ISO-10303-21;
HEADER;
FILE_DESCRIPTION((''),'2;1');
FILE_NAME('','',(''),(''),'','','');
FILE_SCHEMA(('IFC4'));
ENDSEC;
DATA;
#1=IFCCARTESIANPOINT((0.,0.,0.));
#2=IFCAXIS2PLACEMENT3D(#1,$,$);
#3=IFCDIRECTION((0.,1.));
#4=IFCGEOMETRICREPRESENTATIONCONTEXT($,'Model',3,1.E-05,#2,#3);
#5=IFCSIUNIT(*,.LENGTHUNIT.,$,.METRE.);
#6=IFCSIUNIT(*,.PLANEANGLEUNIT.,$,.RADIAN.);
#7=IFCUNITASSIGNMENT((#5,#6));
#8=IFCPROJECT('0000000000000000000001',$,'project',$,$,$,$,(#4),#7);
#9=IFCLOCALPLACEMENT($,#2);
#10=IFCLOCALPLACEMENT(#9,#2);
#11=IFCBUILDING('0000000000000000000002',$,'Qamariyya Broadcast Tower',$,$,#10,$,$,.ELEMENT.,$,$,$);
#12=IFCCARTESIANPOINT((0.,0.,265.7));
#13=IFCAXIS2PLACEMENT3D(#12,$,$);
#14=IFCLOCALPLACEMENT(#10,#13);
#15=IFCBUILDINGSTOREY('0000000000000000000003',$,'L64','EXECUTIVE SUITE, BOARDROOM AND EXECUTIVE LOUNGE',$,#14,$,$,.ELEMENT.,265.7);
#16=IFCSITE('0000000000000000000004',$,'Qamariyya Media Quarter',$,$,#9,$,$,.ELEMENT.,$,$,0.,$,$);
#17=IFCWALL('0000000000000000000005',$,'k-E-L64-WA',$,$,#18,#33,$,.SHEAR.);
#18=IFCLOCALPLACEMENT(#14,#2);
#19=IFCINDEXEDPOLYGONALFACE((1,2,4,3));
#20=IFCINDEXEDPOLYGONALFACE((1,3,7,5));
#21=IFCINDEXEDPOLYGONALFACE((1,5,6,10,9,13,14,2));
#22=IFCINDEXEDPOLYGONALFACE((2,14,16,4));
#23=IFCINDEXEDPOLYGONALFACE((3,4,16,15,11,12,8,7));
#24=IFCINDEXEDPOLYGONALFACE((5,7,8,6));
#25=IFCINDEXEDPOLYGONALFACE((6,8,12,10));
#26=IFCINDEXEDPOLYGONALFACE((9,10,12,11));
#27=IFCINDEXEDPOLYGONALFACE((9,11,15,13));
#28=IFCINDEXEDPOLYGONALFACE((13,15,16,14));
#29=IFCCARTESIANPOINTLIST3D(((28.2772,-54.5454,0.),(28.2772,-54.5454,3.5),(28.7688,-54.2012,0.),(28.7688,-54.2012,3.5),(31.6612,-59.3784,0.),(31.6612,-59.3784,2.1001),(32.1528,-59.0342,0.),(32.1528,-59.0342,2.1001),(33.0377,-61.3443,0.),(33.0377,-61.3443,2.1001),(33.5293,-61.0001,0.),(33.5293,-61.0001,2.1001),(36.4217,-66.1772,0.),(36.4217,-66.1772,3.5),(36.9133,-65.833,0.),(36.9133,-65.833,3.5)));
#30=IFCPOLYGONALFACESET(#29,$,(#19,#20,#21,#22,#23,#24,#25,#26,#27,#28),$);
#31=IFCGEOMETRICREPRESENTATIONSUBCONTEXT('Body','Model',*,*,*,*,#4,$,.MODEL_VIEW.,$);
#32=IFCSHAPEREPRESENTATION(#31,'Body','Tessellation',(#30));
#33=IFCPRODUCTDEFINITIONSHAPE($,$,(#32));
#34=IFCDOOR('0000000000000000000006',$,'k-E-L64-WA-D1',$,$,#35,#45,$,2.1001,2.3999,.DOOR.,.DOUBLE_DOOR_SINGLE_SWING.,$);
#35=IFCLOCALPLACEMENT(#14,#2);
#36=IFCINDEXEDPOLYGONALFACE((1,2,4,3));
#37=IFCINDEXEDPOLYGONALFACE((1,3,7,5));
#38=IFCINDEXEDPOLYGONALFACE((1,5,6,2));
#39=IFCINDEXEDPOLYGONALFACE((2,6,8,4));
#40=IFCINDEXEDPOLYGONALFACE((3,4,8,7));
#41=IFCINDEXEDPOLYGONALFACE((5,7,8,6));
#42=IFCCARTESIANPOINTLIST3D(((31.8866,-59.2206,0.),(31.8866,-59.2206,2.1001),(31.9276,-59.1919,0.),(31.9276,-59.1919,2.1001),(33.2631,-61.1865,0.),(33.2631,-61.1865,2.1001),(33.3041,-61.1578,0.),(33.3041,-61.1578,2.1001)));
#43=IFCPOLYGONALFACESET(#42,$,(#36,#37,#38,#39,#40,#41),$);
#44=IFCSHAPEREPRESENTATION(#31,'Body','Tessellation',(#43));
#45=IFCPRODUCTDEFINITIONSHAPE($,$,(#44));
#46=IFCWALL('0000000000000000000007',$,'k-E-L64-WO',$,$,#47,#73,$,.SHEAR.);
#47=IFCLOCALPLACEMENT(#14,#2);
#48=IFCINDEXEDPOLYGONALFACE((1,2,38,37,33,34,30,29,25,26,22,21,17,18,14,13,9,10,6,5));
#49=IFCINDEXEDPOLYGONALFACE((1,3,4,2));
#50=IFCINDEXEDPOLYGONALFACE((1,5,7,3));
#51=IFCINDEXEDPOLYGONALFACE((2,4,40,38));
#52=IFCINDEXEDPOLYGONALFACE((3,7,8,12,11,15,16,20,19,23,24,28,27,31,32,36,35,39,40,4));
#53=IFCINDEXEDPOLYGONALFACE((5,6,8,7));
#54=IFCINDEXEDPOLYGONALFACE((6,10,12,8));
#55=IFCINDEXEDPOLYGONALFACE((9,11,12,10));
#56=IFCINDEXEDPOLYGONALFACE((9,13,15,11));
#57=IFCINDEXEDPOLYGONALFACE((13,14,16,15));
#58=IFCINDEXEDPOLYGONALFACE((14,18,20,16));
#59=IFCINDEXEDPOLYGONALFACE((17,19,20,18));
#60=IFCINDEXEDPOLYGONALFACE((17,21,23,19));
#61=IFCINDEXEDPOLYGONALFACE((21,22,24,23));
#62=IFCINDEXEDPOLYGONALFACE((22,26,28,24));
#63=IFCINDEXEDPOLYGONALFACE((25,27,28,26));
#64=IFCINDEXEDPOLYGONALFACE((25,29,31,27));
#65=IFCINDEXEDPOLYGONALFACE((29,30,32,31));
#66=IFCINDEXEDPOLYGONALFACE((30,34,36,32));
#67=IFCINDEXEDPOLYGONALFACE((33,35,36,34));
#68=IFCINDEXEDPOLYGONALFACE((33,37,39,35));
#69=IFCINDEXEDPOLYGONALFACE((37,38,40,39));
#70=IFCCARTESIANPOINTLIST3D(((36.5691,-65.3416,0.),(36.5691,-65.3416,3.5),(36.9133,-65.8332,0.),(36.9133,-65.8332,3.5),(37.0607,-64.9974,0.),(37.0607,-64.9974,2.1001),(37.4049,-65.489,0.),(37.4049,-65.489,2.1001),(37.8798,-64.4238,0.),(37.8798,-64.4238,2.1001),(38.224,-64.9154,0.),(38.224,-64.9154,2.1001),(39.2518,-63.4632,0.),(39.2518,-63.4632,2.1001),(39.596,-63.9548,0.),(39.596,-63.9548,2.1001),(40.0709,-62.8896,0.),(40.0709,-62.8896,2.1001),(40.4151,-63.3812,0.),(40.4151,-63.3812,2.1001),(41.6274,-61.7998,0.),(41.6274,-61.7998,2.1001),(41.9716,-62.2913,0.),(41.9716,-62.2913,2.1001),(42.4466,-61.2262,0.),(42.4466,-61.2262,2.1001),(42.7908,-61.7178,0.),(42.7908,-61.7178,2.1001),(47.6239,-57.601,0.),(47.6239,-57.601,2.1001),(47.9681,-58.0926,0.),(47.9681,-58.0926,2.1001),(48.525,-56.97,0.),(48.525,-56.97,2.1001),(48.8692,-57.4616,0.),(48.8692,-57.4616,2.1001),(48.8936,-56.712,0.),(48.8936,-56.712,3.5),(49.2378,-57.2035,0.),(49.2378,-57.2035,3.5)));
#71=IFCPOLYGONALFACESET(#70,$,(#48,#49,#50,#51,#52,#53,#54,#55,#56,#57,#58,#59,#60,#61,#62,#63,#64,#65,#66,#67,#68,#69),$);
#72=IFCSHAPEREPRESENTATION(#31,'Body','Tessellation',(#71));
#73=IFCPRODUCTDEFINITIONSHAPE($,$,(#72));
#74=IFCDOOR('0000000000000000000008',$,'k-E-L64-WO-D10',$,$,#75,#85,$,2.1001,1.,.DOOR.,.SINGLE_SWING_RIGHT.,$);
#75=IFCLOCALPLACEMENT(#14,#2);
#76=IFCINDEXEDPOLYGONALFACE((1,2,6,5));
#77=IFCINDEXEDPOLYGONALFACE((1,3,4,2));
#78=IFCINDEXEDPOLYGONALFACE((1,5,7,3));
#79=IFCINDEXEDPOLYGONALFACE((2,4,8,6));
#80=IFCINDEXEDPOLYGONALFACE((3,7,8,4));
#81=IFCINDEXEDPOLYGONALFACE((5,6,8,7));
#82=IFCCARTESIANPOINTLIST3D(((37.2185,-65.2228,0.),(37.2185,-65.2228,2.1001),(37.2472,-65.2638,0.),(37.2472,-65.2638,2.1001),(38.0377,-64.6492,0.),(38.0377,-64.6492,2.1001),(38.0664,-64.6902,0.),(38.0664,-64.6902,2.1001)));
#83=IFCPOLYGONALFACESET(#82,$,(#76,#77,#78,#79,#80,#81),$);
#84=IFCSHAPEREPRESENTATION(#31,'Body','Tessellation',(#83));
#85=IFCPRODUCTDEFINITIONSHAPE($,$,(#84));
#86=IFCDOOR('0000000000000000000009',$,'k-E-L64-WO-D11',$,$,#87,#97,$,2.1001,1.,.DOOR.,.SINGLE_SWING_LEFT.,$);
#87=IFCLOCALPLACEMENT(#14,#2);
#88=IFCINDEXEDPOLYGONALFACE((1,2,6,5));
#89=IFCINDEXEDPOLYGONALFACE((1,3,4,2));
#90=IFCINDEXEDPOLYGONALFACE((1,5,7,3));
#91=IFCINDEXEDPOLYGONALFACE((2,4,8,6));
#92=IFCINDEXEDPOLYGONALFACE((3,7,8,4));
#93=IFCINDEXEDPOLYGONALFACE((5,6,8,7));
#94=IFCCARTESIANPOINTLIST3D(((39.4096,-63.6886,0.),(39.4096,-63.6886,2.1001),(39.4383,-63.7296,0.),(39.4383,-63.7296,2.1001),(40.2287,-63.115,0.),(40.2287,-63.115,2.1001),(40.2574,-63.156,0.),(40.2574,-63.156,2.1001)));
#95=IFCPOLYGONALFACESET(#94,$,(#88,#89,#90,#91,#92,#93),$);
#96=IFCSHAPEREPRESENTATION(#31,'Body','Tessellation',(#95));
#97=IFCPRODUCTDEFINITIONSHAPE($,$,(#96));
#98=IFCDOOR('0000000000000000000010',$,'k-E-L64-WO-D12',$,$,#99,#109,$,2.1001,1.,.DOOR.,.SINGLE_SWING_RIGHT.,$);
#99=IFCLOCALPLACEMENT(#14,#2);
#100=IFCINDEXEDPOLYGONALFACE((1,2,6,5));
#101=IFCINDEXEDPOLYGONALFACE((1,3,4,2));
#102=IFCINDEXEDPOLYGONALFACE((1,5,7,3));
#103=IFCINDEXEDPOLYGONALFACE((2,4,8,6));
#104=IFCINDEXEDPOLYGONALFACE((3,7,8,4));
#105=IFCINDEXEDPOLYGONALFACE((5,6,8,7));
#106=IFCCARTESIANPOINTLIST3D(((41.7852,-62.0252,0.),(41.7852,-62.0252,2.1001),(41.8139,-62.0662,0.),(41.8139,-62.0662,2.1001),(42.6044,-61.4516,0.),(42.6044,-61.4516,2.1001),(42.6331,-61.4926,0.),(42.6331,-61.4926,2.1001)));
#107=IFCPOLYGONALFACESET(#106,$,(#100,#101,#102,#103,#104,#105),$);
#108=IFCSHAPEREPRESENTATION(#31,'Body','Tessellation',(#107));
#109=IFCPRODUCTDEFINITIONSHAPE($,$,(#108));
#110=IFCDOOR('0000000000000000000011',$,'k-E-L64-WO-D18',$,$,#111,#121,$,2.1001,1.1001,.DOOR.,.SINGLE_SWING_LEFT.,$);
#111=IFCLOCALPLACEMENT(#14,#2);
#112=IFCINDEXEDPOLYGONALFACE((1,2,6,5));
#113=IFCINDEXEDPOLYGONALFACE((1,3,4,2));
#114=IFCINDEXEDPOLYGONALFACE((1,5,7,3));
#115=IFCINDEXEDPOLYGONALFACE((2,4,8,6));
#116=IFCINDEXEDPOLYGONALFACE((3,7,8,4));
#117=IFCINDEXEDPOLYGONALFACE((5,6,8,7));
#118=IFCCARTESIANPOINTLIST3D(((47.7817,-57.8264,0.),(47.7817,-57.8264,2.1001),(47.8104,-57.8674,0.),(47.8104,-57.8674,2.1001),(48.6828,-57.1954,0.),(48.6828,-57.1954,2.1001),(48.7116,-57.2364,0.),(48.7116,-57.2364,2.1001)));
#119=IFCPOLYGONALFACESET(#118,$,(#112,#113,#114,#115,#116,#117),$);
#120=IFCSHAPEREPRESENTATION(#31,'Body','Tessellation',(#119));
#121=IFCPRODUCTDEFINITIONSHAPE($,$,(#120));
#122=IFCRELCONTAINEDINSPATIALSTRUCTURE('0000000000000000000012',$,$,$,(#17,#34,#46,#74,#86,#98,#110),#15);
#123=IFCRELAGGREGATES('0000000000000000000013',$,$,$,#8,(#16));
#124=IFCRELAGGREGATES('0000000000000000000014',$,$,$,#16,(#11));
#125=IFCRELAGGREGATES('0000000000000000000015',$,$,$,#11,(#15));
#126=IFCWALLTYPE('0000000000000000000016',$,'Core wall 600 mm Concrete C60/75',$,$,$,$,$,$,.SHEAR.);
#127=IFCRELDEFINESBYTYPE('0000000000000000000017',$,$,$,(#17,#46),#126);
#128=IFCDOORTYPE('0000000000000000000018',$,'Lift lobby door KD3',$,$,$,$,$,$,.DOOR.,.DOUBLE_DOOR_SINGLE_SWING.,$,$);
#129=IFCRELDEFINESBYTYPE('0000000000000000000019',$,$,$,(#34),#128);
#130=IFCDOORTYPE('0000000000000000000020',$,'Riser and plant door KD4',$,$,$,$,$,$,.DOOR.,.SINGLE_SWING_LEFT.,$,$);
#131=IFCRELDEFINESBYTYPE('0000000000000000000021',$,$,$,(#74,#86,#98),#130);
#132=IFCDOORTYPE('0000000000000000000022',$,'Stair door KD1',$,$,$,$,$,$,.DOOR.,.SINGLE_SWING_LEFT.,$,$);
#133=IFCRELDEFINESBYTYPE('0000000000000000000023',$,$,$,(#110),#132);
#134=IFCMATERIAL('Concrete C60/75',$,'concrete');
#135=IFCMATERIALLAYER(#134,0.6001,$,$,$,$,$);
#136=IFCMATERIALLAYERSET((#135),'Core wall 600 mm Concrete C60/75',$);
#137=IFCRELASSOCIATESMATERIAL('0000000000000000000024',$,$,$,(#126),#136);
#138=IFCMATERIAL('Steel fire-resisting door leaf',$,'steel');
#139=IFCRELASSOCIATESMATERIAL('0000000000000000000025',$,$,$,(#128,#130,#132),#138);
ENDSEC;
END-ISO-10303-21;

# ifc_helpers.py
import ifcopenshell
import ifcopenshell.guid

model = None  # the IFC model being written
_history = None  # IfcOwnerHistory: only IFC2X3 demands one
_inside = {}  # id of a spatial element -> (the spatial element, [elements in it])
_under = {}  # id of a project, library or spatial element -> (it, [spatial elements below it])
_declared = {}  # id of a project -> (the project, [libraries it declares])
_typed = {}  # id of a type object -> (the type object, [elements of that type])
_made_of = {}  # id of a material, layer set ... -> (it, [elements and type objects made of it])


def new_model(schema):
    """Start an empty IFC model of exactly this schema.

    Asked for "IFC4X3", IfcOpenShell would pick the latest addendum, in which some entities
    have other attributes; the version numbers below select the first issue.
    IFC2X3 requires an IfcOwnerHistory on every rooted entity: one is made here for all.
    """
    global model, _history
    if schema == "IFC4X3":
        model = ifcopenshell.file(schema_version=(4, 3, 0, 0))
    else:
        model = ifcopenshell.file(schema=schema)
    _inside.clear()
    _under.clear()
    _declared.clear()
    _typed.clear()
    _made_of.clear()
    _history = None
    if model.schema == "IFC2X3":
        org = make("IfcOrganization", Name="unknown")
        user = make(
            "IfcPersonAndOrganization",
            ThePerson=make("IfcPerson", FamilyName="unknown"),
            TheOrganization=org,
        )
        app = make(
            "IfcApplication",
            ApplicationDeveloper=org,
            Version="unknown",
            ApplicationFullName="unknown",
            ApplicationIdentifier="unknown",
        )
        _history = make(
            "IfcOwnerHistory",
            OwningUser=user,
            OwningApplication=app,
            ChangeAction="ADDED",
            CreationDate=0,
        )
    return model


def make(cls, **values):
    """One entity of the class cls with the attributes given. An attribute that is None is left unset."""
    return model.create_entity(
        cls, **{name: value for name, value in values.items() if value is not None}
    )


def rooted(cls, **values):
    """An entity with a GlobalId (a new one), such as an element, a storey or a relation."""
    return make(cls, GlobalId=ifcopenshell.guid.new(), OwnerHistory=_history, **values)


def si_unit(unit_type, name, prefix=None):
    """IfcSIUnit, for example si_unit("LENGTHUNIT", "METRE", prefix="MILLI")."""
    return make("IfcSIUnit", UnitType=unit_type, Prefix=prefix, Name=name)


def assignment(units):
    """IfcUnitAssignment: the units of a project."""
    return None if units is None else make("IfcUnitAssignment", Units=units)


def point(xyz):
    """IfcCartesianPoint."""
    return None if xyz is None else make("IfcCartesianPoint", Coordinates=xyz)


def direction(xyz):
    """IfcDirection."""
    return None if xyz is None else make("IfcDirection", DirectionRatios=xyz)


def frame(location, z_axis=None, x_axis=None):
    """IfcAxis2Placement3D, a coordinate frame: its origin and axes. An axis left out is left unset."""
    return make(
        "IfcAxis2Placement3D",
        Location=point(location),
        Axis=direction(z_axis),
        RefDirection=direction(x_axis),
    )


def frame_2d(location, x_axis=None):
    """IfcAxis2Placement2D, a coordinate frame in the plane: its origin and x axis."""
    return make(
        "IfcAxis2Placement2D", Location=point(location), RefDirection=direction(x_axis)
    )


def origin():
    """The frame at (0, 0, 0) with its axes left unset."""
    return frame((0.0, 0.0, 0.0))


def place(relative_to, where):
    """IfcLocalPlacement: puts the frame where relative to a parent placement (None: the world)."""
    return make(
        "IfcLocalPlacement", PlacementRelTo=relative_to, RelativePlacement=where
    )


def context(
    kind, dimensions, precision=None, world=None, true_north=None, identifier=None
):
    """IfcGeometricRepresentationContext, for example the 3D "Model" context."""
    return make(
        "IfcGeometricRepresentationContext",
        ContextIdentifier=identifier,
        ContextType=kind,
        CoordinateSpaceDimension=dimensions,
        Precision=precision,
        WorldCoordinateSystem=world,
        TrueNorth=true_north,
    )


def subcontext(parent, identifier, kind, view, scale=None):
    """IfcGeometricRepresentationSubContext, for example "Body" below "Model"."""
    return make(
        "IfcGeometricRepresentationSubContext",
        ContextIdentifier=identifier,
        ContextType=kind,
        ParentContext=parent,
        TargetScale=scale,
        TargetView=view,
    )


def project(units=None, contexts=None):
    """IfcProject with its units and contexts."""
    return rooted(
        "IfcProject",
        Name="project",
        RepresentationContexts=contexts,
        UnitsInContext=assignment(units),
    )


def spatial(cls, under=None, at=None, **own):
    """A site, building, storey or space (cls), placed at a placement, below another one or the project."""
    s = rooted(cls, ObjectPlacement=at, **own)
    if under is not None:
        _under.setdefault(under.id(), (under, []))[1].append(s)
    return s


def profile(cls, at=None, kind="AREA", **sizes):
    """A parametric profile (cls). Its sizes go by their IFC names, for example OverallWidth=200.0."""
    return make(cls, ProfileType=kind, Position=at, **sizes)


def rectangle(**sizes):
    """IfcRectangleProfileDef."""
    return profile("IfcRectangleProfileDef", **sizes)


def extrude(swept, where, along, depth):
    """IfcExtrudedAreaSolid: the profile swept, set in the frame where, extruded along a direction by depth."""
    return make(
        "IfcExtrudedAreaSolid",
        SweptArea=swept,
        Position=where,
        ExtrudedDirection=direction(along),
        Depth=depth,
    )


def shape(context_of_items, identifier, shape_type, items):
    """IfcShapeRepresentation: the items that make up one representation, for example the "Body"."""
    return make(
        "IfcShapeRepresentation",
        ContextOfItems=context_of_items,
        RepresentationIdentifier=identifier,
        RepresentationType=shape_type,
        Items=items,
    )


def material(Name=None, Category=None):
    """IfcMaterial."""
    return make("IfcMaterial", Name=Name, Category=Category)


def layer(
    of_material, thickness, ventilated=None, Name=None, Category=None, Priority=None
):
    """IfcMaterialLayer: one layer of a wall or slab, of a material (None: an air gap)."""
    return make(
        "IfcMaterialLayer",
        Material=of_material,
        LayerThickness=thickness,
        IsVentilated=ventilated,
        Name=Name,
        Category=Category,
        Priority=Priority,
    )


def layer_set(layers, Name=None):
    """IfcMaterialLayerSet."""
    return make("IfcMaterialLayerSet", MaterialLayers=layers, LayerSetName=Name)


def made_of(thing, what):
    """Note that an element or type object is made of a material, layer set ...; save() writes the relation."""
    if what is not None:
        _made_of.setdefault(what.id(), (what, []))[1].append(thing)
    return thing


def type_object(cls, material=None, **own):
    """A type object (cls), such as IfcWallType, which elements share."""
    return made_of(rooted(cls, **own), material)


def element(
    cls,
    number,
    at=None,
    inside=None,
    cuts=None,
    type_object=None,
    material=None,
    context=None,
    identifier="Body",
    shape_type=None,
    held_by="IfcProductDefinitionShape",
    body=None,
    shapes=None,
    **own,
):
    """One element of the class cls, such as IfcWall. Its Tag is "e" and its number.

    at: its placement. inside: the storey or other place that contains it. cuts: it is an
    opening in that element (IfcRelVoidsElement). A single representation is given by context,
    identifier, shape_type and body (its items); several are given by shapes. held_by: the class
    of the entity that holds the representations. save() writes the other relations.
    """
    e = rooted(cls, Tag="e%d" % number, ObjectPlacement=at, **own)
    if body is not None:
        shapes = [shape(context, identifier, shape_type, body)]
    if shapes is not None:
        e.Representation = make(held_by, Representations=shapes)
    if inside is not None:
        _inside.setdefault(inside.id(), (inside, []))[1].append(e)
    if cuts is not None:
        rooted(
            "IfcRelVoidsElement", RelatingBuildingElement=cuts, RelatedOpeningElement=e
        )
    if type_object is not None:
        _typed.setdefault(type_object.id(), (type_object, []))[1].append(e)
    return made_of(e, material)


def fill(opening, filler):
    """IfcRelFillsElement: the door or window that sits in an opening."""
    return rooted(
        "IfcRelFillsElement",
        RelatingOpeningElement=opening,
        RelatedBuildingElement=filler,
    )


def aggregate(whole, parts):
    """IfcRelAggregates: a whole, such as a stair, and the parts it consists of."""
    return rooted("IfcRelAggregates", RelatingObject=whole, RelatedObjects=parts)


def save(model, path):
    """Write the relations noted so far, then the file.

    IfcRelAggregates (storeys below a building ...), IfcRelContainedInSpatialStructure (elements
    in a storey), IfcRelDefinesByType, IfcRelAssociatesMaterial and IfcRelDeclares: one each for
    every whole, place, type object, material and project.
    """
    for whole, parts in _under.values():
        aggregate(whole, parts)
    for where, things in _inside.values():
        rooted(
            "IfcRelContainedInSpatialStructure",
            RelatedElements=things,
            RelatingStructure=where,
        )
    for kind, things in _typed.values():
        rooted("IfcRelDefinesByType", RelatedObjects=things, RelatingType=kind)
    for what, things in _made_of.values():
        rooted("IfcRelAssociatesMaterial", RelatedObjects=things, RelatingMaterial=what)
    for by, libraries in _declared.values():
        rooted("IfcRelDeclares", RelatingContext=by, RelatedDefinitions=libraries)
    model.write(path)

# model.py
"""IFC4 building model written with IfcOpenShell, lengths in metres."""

from ifc_helpers import new_model, si_unit, direction, frame, frame_2d, origin, place, context, subcontext, project, spatial, rectangle, extrude, material, layer, layer_set, type_object, element, fill, save


model = new_model("IFC4")

# Units and contexts
model_context = context("Model", 3, precision=1e-05, world=origin(), true_north=direction((0.0, 1.0)))
body_context = subcontext(model_context, "Body", "Model", "MODEL_VIEW")
ifc_project = project(units=[si_unit("LENGTHUNIT", "METRE"), si_unit("PLANEANGLEUNIT", "RADIAN")], contexts=[model_context])

# Site, building, storey
site_placement = place(None, origin())
site = spatial("IfcSite", under=ifc_project, at=site_placement, Name="Qamariyya Media Quarter", CompositionType="ELEMENT", RefElevation=0.0)
building_placement = place(site_placement, origin())
building = spatial("IfcBuilding", under=site, at=building_placement, Name="Qamariyya Broadcast Tower", CompositionType="ELEMENT")
storey_placement = place(building_placement, frame((0.0, 0.0, 265.7)))
storey = spatial("IfcBuildingStorey", under=building, at=storey_placement, Name="L64", Description="EXECUTIVE SUITE, BOARDROOM AND EXECUTIVE LOUNGE", CompositionType="ELEMENT", Elevation=265.7)

# Wall, opening, door
ifc_material_1 = material(Name="Concrete C60/75", Category="concrete")
ifc_layer_1 = layer(ifc_material_1, 0.6001)
ifc_layer_set_1 = layer_set([ifc_layer_1], Name="Core wall 600 mm Concrete C60/75")
wall_type_1 = type_object("IfcWallType", Name="Core wall 600 mm Concrete C60/75", PredefinedType="SHEAR", material=ifc_layer_set_1)
wall_1_placement = place(storey_placement, frame((36.6675, -66.0051, 0.0), z_axis=(0.0, 0.0, 1.0), x_axis=(-0.573568, 0.819158, 0.0)))
wall_1 = element("IfcWall", 1, at=wall_1_placement, inside=storey, type_object=wall_type_1, Name="k-E-L64-WA", PredefinedType="SHEAR", context=body_context, shape_type="SweptSolid", body=[
    extrude(rectangle(XDim=14.1997, YDim=0.6001, at=frame_2d((7.0999, 0.0))), origin(), (0.0, 0.0, 1.0), 3.5),
])
opening_1_placement = place(wall_1_placement, frame((5.8999, 0.0, 0.0)))
opening_1 = element("IfcOpeningElement", 2, at=opening_1_placement, cuts=wall_1, PredefinedType="OPENING", context=body_context, shape_type="SweptSolid", body=[
    extrude(rectangle(XDim=2.3999, YDim=2.1001, at=frame_2d((1.2, 1.05))), frame((0.0, 0.3101, 0.0), z_axis=(0.0, -1.0, 0.0), x_axis=(1.0, 0.0, 0.0)), (0.0, 0.0, 1.0), 0.6201),
])
ifc_material_2 = material(Name="Steel fire-resisting door leaf", Category="steel")
door_type_1 = type_object("IfcDoorType", Name="Lift lobby door KD3", OperationType="DOUBLE_DOOR_SINGLE_SWING", PredefinedType="DOOR", material=ifc_material_2)
door_1_placement = place(opening_1_placement, origin())
door_1 = element("IfcDoor", 3, at=door_1_placement, inside=storey, type_object=door_type_1, Name="k-E-L64-WA-D1", OperationType="DOUBLE_DOOR_SINGLE_SWING", OverallHeight=2.1001, OverallWidth=2.3999, PredefinedType="DOOR", context=body_context, shape_type="SweptSolid", body=[
    extrude(rectangle(XDim=2.3999, YDim=2.1001, at=frame_2d((1.2, 1.05))), frame((0.0, 0.0249, 0.0), z_axis=(0.0, -1.0, 0.0), x_axis=(1.0, 0.0, 0.0)), (0.0, 0.0, 1.0), 0.05),
])
fill(opening_1, door_1)

# Wall, openings, doors
wall_2_placement = place(storey_placement, frame((36.7412, -65.5874, 0.0), z_axis=(0.0, 0.0, 1.0), x_axis=(0.819153, 0.573575, 0.0)))
wall_2 = element("IfcWall", 4, at=wall_2_placement, inside=storey, type_object=wall_type_1, Name="k-E-L64-WO", PredefinedType="SHEAR", context=body_context, shape_type="SweptSolid", body=[
    extrude(rectangle(XDim=15.0454, YDim=0.6001, at=frame_2d((7.5227, 0.0))), origin(), (0.0, 0.0, 1.0), 3.5),
])
opening_2_placement = place(wall_2_placement, frame((0.6001, 0.0, 0.0)))
opening_2 = element("IfcOpeningElement", 5, at=opening_2_placement, cuts=wall_2, PredefinedType="OPENING", context=body_context, shape_type="SweptSolid", body=[
    extrude(rectangle(XDim=1.0, YDim=2.1001, at=frame_2d((0.5, 1.05))), frame((0.0, 0.3101, 0.0), z_axis=(0.0, -1.0, 0.0), x_axis=(1.0, 0.0, 0.0)), (0.0, 0.0, 1.0), 0.6201),
])
opening_3_placement = place(wall_2_placement, frame((3.2749, 0.0, 0.0)))
opening_3 = element("IfcOpeningElement", 6, at=opening_3_placement, cuts=wall_2, PredefinedType="OPENING", context=body_context, shape_type="SweptSolid", body=[
    extrude(rectangle(XDim=1.0, YDim=2.1001, at=frame_2d((0.5, 1.05))), frame((0.0, 0.3101, 0.0), z_axis=(0.0, -1.0, 0.0), x_axis=(1.0, 0.0, 0.0)), (0.0, 0.0, 1.0), 0.6201),
])
opening_4_placement = place(wall_2_placement, frame((6.175, 0.0, 0.0)))
opening_4 = element("IfcOpeningElement", 7, at=opening_4_placement, cuts=wall_2, PredefinedType="OPENING", context=body_context, shape_type="SweptSolid", body=[
    extrude(rectangle(XDim=1.0, YDim=2.1001, at=frame_2d((0.5, 1.05))), frame((0.0, 0.3101, 0.0), z_axis=(0.0, -1.0, 0.0), x_axis=(1.0, 0.0, 0.0)), (0.0, 0.0, 1.0), 0.6201),
])
opening_5_placement = place(wall_2_placement, frame((13.4954, 0.0, 0.0)))
opening_5 = element("IfcOpeningElement", 8, at=opening_5_placement, cuts=wall_2, PredefinedType="OPENING", context=body_context, shape_type="SweptSolid", body=[
    extrude(rectangle(XDim=1.1001, YDim=2.1001, at=frame_2d((0.55, 1.05))), frame((0.0, 0.3101, 0.0), z_axis=(0.0, -1.0, 0.0), x_axis=(1.0, 0.0, 0.0)), (0.0, 0.0, 1.0), 0.6201),
])
door_type_2 = type_object("IfcDoorType", Name="Riser and plant door KD4", OperationType="SINGLE_SWING_LEFT", PredefinedType="DOOR", material=ifc_material_2)
door_2_placement = place(opening_2_placement, origin())
door_2 = element("IfcDoor", 9, at=door_2_placement, inside=storey, type_object=door_type_2, Name="k-E-L64-WO-D10", OperationType="SINGLE_SWING_RIGHT", OverallHeight=2.1001, OverallWidth=1.0, PredefinedType="DOOR", context=body_context, shape_type="SweptSolid", body=[
    extrude(rectangle(XDim=1.0, YDim=2.1001, at=frame_2d((0.5, 1.05))), frame((0.0, 0.0249, 0.0), z_axis=(0.0, -1.0, 0.0), x_axis=(1.0, 0.0, 0.0)), (0.0, 0.0, 1.0), 0.05),
])
fill(opening_2, door_2)
door_3_placement = place(opening_3_placement, origin())
door_3 = element("IfcDoor", 10, at=door_3_placement, inside=storey, type_object=door_type_2, Name="k-E-L64-WO-D11", OperationType="SINGLE_SWING_LEFT", OverallHeight=2.1001, OverallWidth=1.0, PredefinedType="DOOR", context=body_context, shape_type="SweptSolid", body=[
    extrude(rectangle(XDim=1.0, YDim=2.1001, at=frame_2d((0.5, 1.05))), frame((0.0, 0.0249, 0.0), z_axis=(0.0, -1.0, 0.0), x_axis=(1.0, 0.0, 0.0)), (0.0, 0.0, 1.0), 0.05),
])
fill(opening_3, door_3)
door_4_placement = place(opening_4_placement, origin())
door_4 = element("IfcDoor", 11, at=door_4_placement, inside=storey, type_object=door_type_2, Name="k-E-L64-WO-D12", OperationType="SINGLE_SWING_RIGHT", OverallHeight=2.1001, OverallWidth=1.0, PredefinedType="DOOR", context=body_context, shape_type="SweptSolid", body=[
    extrude(rectangle(XDim=1.0, YDim=2.1001, at=frame_2d((0.5, 1.05))), frame((0.0, 0.0249, 0.0), z_axis=(0.0, -1.0, 0.0), x_axis=(1.0, 0.0, 0.0)), (0.0, 0.0, 1.0), 0.05),
])
fill(opening_4, door_4)
door_type_3 = type_object("IfcDoorType", Name="Stair door KD1", OperationType="SINGLE_SWING_LEFT", PredefinedType="DOOR", material=ifc_material_2)
door_5_placement = place(opening_5_placement, origin())
door_5 = element("IfcDoor", 12, at=door_5_placement, inside=storey, type_object=door_type_3, Name="k-E-L64-WO-D18", OperationType="SINGLE_SWING_LEFT", OverallHeight=2.1001, OverallWidth=1.1001, PredefinedType="DOOR", context=body_context, shape_type="SweptSolid", body=[
    extrude(rectangle(XDim=1.1001, YDim=2.1001, at=frame_2d((0.55, 1.05))), frame((0.0, 0.0249, 0.0), z_axis=(0.0, -1.0, 0.0), x_axis=(1.0, 0.0, 0.0)), (0.0, 0.0, 1.0), 0.05),
])
fill(opening_5, door_5)

save(model, "model.ifc")
